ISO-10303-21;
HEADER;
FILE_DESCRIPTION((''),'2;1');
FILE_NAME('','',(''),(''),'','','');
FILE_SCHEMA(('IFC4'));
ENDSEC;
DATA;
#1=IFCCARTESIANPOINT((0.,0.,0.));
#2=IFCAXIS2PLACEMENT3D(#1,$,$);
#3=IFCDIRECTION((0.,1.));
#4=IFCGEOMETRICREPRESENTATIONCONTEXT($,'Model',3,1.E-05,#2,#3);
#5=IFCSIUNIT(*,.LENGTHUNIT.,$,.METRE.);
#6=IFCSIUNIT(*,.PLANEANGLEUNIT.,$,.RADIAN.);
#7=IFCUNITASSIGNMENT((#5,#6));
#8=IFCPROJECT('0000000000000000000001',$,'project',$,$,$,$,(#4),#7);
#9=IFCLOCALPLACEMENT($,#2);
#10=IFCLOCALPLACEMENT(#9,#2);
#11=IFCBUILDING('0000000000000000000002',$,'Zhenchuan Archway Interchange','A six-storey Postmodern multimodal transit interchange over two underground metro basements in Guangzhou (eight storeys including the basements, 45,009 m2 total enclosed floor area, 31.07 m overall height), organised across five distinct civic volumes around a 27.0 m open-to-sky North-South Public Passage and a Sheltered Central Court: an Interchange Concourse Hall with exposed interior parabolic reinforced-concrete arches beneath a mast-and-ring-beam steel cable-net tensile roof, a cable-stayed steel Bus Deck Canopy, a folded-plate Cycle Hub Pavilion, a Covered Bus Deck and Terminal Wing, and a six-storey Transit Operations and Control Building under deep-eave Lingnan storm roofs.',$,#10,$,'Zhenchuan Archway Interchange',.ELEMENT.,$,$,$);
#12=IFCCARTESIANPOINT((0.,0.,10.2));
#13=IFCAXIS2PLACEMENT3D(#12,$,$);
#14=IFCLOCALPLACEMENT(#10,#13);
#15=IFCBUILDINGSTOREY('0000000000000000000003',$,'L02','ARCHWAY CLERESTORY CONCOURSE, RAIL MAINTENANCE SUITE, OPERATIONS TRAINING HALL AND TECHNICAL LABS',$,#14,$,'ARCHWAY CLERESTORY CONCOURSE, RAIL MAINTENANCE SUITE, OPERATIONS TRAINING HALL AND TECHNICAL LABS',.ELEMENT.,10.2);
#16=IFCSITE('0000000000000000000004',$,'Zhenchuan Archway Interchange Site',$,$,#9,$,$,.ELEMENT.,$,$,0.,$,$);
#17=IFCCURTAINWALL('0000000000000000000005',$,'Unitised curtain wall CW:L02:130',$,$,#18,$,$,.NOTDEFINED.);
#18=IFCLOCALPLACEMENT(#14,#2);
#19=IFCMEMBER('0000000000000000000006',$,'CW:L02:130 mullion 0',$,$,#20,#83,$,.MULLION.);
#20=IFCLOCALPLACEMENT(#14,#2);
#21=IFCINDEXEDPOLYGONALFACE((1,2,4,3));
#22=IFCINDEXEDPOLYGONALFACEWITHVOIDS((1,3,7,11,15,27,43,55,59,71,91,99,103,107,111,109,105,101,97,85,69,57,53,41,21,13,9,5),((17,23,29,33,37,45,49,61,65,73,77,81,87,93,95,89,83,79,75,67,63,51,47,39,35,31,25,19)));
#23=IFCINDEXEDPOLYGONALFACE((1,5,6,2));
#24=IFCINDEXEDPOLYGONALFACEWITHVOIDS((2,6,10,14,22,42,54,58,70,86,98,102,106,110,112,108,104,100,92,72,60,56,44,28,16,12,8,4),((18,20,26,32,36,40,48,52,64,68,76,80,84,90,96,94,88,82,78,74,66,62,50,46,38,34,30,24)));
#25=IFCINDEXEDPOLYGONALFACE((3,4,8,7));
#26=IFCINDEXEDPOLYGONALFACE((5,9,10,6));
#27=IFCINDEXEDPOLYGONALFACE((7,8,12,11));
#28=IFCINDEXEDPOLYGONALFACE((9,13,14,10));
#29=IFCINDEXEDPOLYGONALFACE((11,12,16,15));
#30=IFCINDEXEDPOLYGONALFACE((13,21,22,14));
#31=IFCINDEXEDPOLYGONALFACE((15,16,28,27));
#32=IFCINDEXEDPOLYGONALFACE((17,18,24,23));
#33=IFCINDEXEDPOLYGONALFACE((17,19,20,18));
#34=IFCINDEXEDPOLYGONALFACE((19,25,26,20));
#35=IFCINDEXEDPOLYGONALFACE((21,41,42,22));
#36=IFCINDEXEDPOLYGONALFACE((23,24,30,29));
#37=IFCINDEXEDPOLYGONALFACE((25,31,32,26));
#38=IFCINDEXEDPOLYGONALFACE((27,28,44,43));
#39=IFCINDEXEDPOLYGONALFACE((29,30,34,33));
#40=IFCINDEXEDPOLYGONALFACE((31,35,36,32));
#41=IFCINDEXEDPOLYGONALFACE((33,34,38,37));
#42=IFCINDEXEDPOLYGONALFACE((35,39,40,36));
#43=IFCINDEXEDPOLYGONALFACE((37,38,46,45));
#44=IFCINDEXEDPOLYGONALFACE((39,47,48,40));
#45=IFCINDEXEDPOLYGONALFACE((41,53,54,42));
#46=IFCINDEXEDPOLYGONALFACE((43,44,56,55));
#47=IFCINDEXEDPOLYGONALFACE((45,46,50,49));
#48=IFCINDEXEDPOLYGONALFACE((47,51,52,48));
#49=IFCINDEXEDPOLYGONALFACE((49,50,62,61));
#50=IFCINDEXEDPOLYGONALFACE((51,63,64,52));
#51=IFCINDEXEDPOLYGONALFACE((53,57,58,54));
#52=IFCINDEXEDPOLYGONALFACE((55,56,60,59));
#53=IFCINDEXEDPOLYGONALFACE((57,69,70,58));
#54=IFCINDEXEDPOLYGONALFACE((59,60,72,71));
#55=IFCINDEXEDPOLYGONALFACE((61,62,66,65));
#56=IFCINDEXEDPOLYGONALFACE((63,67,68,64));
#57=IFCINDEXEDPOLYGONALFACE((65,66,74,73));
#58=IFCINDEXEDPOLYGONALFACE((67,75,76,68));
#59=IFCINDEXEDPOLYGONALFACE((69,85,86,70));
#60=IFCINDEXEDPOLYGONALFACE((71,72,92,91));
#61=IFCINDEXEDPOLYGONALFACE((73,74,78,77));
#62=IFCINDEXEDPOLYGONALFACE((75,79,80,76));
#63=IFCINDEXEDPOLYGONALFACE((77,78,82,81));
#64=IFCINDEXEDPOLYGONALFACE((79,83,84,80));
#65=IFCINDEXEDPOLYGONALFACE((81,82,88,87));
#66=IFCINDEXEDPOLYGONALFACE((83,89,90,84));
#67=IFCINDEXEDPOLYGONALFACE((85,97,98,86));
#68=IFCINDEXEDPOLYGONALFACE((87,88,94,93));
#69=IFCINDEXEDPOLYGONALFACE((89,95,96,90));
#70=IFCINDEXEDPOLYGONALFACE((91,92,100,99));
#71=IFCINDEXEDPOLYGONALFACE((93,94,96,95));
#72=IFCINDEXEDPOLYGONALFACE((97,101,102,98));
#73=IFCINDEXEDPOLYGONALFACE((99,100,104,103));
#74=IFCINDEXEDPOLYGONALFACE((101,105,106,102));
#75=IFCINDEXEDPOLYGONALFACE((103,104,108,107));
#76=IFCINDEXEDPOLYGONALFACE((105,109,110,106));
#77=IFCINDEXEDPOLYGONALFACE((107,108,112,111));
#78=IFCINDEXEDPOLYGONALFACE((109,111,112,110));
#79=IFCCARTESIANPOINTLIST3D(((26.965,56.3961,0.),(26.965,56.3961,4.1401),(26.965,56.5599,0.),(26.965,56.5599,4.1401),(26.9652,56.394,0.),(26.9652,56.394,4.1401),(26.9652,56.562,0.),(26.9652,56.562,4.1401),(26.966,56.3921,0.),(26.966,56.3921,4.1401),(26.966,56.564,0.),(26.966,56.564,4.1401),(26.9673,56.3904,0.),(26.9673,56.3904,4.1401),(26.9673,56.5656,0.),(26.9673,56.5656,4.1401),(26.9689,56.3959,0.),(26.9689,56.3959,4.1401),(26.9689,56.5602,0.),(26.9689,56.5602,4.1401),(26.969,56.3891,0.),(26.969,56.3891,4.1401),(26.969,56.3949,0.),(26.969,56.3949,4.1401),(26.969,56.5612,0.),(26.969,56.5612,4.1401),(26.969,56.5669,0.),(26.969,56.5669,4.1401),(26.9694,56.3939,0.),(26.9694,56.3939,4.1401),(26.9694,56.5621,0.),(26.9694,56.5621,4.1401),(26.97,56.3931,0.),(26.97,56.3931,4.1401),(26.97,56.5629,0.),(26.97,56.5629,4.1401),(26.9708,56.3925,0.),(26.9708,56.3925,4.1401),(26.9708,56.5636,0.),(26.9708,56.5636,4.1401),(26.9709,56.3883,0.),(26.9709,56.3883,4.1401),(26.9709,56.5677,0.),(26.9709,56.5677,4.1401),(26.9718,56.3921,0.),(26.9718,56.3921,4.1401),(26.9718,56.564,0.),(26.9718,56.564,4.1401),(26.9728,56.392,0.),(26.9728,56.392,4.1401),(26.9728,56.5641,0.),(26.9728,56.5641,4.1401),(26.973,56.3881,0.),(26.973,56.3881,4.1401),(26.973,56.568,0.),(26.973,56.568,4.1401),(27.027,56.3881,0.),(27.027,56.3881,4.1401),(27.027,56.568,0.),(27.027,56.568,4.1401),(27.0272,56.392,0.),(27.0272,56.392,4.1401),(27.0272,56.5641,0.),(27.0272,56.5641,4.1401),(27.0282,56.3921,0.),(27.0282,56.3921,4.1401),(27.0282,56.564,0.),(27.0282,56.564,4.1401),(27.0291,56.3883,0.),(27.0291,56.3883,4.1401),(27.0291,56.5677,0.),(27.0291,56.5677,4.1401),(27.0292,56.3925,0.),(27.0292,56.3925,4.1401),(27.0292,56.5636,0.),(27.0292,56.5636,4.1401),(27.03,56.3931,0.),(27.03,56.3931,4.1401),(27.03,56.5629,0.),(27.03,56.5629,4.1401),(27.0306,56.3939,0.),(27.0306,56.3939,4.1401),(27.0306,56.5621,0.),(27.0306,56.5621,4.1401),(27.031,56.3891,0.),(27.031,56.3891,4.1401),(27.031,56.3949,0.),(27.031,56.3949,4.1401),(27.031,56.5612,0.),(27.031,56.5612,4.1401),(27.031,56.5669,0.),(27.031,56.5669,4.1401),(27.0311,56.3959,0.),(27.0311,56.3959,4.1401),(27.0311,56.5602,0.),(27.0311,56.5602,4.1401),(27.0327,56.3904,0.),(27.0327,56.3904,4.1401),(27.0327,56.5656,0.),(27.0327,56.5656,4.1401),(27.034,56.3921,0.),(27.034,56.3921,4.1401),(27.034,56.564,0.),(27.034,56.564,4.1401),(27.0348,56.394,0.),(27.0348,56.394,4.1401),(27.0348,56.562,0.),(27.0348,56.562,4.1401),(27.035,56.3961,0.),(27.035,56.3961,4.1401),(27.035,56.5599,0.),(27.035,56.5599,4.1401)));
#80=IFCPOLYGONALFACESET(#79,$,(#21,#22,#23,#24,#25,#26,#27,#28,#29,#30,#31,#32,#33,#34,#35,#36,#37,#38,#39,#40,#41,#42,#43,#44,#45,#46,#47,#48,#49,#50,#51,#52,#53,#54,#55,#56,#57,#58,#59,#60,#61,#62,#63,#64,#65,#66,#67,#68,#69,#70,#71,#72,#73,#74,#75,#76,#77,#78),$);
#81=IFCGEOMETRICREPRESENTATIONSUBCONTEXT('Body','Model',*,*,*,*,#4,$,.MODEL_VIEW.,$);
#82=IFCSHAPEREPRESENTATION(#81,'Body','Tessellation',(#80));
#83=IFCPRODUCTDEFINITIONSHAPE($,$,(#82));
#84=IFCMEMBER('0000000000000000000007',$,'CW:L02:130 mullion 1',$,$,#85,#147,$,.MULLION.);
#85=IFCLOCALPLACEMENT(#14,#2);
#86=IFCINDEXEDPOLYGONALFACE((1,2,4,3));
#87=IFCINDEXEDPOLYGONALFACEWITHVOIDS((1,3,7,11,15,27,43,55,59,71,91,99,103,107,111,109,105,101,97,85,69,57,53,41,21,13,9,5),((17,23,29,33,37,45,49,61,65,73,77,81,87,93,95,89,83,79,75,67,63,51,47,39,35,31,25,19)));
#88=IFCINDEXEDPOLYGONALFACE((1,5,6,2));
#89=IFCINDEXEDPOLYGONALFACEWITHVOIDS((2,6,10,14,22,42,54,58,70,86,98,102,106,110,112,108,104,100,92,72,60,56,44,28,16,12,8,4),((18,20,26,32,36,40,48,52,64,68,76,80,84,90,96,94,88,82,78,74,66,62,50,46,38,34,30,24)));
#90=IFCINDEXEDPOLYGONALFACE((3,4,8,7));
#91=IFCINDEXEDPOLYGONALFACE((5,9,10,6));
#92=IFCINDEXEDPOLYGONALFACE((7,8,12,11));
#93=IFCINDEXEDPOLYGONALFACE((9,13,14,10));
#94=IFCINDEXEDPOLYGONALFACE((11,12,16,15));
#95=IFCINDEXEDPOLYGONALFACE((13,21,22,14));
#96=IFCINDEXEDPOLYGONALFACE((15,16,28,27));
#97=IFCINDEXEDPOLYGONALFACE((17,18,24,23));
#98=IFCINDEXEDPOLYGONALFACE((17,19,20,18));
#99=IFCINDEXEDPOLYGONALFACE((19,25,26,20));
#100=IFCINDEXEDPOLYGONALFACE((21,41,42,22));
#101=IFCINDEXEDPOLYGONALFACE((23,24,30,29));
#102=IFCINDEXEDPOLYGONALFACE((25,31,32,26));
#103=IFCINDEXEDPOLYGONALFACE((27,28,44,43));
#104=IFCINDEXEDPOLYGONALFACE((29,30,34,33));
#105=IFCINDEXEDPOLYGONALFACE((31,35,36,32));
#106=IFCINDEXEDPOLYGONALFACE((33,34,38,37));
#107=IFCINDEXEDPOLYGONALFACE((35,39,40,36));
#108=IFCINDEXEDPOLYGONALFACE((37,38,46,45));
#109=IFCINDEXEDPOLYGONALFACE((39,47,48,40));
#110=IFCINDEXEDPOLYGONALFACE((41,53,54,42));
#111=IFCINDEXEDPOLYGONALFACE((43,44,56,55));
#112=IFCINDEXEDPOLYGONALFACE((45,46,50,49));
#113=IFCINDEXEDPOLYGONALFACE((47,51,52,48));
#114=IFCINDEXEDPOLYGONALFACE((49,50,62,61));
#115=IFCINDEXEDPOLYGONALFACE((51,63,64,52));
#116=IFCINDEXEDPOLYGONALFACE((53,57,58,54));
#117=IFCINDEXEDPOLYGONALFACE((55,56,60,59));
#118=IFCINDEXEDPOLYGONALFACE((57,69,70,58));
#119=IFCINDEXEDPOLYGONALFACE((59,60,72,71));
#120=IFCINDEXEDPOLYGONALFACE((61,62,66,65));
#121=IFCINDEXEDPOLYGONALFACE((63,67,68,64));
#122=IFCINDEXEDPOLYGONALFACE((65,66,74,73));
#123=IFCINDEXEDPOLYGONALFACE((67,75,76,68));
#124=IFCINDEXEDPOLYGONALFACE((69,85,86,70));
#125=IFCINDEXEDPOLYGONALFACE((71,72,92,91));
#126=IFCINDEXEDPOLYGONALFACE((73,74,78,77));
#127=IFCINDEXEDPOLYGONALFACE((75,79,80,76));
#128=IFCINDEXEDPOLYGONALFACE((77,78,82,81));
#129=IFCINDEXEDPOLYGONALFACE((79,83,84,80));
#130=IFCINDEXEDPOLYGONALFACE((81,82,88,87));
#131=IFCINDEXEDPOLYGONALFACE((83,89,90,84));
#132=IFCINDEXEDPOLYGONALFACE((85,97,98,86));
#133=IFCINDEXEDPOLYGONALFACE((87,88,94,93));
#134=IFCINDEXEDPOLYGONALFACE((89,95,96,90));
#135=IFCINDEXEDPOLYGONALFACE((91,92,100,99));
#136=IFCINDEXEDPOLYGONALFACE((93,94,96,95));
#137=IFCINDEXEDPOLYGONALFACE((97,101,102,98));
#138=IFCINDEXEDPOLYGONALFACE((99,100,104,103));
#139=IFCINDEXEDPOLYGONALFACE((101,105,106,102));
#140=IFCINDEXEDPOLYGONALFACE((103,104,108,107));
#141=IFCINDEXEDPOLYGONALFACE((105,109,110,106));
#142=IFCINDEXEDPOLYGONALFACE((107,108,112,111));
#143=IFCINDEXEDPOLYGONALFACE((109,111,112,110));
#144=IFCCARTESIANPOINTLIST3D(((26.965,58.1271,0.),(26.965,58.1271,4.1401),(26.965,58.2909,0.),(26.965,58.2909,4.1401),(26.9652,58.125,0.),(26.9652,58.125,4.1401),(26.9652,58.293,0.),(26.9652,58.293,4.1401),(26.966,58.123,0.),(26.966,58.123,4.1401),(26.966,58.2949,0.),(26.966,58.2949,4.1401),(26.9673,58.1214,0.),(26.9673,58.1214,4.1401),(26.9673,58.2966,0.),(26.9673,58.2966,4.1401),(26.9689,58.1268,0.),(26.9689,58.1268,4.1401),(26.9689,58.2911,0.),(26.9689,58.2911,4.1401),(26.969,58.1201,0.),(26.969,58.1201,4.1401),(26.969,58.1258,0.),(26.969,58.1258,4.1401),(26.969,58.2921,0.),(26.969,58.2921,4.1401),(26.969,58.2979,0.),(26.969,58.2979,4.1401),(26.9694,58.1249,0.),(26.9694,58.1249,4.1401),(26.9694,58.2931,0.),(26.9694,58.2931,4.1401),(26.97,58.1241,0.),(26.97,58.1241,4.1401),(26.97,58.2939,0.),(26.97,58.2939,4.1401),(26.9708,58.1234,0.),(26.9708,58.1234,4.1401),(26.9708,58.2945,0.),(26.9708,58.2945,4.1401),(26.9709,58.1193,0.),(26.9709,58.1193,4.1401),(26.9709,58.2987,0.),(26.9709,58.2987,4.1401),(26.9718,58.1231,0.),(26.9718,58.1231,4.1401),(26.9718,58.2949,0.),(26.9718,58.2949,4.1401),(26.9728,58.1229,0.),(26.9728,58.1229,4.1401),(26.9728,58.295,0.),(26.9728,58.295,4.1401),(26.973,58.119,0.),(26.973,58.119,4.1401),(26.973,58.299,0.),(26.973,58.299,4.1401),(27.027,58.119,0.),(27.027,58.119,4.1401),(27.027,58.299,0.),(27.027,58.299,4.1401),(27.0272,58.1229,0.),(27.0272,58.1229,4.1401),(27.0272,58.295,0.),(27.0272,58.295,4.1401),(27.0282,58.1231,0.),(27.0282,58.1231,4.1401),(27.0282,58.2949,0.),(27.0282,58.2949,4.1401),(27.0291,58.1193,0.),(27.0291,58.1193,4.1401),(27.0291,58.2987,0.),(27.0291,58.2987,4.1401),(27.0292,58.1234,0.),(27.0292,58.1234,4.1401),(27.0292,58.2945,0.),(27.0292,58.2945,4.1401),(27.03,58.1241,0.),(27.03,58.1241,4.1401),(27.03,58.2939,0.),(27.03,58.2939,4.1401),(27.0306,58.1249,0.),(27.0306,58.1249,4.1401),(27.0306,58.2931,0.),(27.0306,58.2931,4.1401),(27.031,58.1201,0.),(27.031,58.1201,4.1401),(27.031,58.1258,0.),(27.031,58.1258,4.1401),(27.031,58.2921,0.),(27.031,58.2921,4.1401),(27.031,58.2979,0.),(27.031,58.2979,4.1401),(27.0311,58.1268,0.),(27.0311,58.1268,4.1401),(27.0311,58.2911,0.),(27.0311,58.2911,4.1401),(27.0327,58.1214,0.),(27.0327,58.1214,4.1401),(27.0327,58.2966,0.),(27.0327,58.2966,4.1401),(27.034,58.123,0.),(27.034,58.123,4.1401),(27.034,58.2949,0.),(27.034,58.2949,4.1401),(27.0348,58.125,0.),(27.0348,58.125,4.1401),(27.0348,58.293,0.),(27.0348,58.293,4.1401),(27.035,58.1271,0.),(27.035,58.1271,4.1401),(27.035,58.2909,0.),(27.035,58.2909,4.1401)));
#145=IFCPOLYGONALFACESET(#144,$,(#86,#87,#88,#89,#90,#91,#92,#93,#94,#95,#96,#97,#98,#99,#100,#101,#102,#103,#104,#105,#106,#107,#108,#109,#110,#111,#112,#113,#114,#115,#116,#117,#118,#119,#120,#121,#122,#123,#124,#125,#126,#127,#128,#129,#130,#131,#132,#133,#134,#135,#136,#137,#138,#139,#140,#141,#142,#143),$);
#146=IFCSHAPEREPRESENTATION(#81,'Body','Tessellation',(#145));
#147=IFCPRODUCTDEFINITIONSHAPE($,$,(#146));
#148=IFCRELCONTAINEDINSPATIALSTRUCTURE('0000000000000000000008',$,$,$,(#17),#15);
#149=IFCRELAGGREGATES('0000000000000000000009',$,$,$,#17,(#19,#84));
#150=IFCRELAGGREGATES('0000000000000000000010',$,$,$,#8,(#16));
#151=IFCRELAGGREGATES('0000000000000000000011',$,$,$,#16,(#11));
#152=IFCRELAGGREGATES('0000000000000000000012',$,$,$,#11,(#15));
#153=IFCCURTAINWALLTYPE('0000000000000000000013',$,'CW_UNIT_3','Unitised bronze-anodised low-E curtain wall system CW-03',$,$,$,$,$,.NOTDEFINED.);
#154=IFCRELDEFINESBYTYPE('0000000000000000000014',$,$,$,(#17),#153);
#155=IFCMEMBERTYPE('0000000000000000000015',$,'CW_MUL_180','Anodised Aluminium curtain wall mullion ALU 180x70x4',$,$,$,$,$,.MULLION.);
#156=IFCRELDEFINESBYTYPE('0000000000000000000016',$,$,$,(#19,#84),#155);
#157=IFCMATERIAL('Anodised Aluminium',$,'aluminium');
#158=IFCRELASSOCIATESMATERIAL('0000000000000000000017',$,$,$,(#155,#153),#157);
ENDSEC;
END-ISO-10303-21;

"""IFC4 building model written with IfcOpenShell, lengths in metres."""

from ifc_helpers import new_model, si_unit, direction, frame, origin, origin_2d, place, context, subcontext, project, spatial, hollow_rectangle, extrude, material, material_profile, profile_set, type_object, element, aggregate, save


model = new_model("IFC4")

# Units and contexts
model_context = context("Model", 3, precision=1e-05, world=origin(), true_north=direction((0.0, 1.0)))
body_context = subcontext(model_context, "Body", "Model", "MODEL_VIEW")
ifc_project = project(units=[si_unit("LENGTHUNIT", "METRE"), si_unit("PLANEANGLEUNIT", "RADIAN")], contexts=[model_context])

# Site, building, storey
site_placement = place(None, origin())
site = spatial("IfcSite", under=ifc_project, at=site_placement, Name="Zhenchuan Archway Interchange Site", CompositionType="ELEMENT", RefElevation=0.0)
building_placement = place(site_placement, origin())
building = spatial("IfcBuilding", under=site, at=building_placement, Name="Zhenchuan Archway Interchange", Description="A six-storey Postmodern multimodal transit interchange over two underground metro basements in Guangzhou (eight storeys including the basements, 45,009 m2 total enclosed floor area, 31.07 m overall height), organised across five distinct civic volumes around a 27.0 m open-to-sky North-South Public Passage and a Sheltered Central Court: an Interchange Concourse Hall with exposed interior parabolic reinforced-concrete arches beneath a mast-and-ring-beam steel cable-net tensile roof, a cable-stayed steel Bus Deck Canopy, a folded-plate Cycle Hub Pavilion, a Covered Bus Deck and Terminal Wing, and a six-storey Transit Operations and Control Building under deep-eave Lingnan storm roofs.", LongName="Zhenchuan Archway Interchange", CompositionType="ELEMENT")
storey_placement = place(building_placement, frame((0.0, 0.0, 10.2)))
storey = spatial("IfcBuildingStorey", under=building, at=storey_placement, Name="L02", Description="ARCHWAY CLERESTORY CONCOURSE, RAIL MAINTENANCE SUITE, OPERATIONS TRAINING HALL AND TECHNICAL LABS", LongName="ARCHWAY CLERESTORY CONCOURSE, RAIL MAINTENANCE SUITE, OPERATIONS TRAINING HALL AND TECHNICAL LABS", CompositionType="ELEMENT", Elevation=10.2)

# Shared definitions
ifc_material_1 = material(Name="Anodised Aluminium", Category="aluminium")
ifc_material_profile_1 = material_profile(ifc_material_1, hollow_rectangle(XDim=0.0701, YDim=0.1799, WallThickness=0.0039, InnerFilletRadius=0.0039, OuterFilletRadius=0.0081, at=origin_2d()), Name="ALU 180x70x4")
ifc_profile_set_1 = profile_set([ifc_material_profile_1], Name="Anodised Aluminium")
member_type_1 = type_object("IfcMemberType", Name="CW_MUL_180", Description="Anodised Aluminium curtain wall mullion ALU 180x70x4", PredefinedType="MULLION", material=ifc_profile_set_1)

# Curtain wall, members
curtain_wall_type_1 = type_object("IfcCurtainWallType", Name="CW_UNIT_3", Description="Unitised bronze-anodised low-E curtain wall system CW-03", PredefinedType="NOTDEFINED", material=ifc_material_1)
curtain_wall_1_placement = place(storey_placement, origin())
curtain_wall_1 = element("IfcCurtainWall", 1, at=curtain_wall_1_placement, inside=storey, type_object=curtain_wall_type_1, Name="Unitised curtain wall CW:L02:130", PredefinedType="NOTDEFINED")
member_1_placement = place(storey_placement, frame((27.0, 56.478, 0.0), z_axis=(0.0, 0.0, 1.0), x_axis=(1.0, 0.0, 0.0)))
member_1 = element("IfcMember", 2, at=member_1_placement, type_object=member_type_1, Name="CW:L02:130 mullion 0", PredefinedType="MULLION", context=body_context, shape_type="SweptSolid", body=[
    extrude(hollow_rectangle(XDim=0.0701, YDim=0.1799, WallThickness=0.0039, InnerFilletRadius=0.0039, OuterFilletRadius=0.0081, at=origin_2d()), origin(), (0.0, 0.0, 1.0), 4.1401),
])
member_2_placement = place(storey_placement, frame((27.0, 58.209, 0.0), z_axis=(0.0, 0.0, 1.0), x_axis=(1.0, 0.0, 0.0)))
member_2 = element("IfcMember", 3, at=member_2_placement, type_object=member_type_1, Name="CW:L02:130 mullion 1", PredefinedType="MULLION", context=body_context, shape_type="SweptSolid", body=[
    extrude(hollow_rectangle(XDim=0.0701, YDim=0.1799, WallThickness=0.0039, InnerFilletRadius=0.0039, OuterFilletRadius=0.0081, at=origin_2d()), origin(), (0.0, 0.0, 1.0), 4.1401),
])

aggregate(curtain_wall_1, [member_1, member_2])

save(model, "model.ifc")
